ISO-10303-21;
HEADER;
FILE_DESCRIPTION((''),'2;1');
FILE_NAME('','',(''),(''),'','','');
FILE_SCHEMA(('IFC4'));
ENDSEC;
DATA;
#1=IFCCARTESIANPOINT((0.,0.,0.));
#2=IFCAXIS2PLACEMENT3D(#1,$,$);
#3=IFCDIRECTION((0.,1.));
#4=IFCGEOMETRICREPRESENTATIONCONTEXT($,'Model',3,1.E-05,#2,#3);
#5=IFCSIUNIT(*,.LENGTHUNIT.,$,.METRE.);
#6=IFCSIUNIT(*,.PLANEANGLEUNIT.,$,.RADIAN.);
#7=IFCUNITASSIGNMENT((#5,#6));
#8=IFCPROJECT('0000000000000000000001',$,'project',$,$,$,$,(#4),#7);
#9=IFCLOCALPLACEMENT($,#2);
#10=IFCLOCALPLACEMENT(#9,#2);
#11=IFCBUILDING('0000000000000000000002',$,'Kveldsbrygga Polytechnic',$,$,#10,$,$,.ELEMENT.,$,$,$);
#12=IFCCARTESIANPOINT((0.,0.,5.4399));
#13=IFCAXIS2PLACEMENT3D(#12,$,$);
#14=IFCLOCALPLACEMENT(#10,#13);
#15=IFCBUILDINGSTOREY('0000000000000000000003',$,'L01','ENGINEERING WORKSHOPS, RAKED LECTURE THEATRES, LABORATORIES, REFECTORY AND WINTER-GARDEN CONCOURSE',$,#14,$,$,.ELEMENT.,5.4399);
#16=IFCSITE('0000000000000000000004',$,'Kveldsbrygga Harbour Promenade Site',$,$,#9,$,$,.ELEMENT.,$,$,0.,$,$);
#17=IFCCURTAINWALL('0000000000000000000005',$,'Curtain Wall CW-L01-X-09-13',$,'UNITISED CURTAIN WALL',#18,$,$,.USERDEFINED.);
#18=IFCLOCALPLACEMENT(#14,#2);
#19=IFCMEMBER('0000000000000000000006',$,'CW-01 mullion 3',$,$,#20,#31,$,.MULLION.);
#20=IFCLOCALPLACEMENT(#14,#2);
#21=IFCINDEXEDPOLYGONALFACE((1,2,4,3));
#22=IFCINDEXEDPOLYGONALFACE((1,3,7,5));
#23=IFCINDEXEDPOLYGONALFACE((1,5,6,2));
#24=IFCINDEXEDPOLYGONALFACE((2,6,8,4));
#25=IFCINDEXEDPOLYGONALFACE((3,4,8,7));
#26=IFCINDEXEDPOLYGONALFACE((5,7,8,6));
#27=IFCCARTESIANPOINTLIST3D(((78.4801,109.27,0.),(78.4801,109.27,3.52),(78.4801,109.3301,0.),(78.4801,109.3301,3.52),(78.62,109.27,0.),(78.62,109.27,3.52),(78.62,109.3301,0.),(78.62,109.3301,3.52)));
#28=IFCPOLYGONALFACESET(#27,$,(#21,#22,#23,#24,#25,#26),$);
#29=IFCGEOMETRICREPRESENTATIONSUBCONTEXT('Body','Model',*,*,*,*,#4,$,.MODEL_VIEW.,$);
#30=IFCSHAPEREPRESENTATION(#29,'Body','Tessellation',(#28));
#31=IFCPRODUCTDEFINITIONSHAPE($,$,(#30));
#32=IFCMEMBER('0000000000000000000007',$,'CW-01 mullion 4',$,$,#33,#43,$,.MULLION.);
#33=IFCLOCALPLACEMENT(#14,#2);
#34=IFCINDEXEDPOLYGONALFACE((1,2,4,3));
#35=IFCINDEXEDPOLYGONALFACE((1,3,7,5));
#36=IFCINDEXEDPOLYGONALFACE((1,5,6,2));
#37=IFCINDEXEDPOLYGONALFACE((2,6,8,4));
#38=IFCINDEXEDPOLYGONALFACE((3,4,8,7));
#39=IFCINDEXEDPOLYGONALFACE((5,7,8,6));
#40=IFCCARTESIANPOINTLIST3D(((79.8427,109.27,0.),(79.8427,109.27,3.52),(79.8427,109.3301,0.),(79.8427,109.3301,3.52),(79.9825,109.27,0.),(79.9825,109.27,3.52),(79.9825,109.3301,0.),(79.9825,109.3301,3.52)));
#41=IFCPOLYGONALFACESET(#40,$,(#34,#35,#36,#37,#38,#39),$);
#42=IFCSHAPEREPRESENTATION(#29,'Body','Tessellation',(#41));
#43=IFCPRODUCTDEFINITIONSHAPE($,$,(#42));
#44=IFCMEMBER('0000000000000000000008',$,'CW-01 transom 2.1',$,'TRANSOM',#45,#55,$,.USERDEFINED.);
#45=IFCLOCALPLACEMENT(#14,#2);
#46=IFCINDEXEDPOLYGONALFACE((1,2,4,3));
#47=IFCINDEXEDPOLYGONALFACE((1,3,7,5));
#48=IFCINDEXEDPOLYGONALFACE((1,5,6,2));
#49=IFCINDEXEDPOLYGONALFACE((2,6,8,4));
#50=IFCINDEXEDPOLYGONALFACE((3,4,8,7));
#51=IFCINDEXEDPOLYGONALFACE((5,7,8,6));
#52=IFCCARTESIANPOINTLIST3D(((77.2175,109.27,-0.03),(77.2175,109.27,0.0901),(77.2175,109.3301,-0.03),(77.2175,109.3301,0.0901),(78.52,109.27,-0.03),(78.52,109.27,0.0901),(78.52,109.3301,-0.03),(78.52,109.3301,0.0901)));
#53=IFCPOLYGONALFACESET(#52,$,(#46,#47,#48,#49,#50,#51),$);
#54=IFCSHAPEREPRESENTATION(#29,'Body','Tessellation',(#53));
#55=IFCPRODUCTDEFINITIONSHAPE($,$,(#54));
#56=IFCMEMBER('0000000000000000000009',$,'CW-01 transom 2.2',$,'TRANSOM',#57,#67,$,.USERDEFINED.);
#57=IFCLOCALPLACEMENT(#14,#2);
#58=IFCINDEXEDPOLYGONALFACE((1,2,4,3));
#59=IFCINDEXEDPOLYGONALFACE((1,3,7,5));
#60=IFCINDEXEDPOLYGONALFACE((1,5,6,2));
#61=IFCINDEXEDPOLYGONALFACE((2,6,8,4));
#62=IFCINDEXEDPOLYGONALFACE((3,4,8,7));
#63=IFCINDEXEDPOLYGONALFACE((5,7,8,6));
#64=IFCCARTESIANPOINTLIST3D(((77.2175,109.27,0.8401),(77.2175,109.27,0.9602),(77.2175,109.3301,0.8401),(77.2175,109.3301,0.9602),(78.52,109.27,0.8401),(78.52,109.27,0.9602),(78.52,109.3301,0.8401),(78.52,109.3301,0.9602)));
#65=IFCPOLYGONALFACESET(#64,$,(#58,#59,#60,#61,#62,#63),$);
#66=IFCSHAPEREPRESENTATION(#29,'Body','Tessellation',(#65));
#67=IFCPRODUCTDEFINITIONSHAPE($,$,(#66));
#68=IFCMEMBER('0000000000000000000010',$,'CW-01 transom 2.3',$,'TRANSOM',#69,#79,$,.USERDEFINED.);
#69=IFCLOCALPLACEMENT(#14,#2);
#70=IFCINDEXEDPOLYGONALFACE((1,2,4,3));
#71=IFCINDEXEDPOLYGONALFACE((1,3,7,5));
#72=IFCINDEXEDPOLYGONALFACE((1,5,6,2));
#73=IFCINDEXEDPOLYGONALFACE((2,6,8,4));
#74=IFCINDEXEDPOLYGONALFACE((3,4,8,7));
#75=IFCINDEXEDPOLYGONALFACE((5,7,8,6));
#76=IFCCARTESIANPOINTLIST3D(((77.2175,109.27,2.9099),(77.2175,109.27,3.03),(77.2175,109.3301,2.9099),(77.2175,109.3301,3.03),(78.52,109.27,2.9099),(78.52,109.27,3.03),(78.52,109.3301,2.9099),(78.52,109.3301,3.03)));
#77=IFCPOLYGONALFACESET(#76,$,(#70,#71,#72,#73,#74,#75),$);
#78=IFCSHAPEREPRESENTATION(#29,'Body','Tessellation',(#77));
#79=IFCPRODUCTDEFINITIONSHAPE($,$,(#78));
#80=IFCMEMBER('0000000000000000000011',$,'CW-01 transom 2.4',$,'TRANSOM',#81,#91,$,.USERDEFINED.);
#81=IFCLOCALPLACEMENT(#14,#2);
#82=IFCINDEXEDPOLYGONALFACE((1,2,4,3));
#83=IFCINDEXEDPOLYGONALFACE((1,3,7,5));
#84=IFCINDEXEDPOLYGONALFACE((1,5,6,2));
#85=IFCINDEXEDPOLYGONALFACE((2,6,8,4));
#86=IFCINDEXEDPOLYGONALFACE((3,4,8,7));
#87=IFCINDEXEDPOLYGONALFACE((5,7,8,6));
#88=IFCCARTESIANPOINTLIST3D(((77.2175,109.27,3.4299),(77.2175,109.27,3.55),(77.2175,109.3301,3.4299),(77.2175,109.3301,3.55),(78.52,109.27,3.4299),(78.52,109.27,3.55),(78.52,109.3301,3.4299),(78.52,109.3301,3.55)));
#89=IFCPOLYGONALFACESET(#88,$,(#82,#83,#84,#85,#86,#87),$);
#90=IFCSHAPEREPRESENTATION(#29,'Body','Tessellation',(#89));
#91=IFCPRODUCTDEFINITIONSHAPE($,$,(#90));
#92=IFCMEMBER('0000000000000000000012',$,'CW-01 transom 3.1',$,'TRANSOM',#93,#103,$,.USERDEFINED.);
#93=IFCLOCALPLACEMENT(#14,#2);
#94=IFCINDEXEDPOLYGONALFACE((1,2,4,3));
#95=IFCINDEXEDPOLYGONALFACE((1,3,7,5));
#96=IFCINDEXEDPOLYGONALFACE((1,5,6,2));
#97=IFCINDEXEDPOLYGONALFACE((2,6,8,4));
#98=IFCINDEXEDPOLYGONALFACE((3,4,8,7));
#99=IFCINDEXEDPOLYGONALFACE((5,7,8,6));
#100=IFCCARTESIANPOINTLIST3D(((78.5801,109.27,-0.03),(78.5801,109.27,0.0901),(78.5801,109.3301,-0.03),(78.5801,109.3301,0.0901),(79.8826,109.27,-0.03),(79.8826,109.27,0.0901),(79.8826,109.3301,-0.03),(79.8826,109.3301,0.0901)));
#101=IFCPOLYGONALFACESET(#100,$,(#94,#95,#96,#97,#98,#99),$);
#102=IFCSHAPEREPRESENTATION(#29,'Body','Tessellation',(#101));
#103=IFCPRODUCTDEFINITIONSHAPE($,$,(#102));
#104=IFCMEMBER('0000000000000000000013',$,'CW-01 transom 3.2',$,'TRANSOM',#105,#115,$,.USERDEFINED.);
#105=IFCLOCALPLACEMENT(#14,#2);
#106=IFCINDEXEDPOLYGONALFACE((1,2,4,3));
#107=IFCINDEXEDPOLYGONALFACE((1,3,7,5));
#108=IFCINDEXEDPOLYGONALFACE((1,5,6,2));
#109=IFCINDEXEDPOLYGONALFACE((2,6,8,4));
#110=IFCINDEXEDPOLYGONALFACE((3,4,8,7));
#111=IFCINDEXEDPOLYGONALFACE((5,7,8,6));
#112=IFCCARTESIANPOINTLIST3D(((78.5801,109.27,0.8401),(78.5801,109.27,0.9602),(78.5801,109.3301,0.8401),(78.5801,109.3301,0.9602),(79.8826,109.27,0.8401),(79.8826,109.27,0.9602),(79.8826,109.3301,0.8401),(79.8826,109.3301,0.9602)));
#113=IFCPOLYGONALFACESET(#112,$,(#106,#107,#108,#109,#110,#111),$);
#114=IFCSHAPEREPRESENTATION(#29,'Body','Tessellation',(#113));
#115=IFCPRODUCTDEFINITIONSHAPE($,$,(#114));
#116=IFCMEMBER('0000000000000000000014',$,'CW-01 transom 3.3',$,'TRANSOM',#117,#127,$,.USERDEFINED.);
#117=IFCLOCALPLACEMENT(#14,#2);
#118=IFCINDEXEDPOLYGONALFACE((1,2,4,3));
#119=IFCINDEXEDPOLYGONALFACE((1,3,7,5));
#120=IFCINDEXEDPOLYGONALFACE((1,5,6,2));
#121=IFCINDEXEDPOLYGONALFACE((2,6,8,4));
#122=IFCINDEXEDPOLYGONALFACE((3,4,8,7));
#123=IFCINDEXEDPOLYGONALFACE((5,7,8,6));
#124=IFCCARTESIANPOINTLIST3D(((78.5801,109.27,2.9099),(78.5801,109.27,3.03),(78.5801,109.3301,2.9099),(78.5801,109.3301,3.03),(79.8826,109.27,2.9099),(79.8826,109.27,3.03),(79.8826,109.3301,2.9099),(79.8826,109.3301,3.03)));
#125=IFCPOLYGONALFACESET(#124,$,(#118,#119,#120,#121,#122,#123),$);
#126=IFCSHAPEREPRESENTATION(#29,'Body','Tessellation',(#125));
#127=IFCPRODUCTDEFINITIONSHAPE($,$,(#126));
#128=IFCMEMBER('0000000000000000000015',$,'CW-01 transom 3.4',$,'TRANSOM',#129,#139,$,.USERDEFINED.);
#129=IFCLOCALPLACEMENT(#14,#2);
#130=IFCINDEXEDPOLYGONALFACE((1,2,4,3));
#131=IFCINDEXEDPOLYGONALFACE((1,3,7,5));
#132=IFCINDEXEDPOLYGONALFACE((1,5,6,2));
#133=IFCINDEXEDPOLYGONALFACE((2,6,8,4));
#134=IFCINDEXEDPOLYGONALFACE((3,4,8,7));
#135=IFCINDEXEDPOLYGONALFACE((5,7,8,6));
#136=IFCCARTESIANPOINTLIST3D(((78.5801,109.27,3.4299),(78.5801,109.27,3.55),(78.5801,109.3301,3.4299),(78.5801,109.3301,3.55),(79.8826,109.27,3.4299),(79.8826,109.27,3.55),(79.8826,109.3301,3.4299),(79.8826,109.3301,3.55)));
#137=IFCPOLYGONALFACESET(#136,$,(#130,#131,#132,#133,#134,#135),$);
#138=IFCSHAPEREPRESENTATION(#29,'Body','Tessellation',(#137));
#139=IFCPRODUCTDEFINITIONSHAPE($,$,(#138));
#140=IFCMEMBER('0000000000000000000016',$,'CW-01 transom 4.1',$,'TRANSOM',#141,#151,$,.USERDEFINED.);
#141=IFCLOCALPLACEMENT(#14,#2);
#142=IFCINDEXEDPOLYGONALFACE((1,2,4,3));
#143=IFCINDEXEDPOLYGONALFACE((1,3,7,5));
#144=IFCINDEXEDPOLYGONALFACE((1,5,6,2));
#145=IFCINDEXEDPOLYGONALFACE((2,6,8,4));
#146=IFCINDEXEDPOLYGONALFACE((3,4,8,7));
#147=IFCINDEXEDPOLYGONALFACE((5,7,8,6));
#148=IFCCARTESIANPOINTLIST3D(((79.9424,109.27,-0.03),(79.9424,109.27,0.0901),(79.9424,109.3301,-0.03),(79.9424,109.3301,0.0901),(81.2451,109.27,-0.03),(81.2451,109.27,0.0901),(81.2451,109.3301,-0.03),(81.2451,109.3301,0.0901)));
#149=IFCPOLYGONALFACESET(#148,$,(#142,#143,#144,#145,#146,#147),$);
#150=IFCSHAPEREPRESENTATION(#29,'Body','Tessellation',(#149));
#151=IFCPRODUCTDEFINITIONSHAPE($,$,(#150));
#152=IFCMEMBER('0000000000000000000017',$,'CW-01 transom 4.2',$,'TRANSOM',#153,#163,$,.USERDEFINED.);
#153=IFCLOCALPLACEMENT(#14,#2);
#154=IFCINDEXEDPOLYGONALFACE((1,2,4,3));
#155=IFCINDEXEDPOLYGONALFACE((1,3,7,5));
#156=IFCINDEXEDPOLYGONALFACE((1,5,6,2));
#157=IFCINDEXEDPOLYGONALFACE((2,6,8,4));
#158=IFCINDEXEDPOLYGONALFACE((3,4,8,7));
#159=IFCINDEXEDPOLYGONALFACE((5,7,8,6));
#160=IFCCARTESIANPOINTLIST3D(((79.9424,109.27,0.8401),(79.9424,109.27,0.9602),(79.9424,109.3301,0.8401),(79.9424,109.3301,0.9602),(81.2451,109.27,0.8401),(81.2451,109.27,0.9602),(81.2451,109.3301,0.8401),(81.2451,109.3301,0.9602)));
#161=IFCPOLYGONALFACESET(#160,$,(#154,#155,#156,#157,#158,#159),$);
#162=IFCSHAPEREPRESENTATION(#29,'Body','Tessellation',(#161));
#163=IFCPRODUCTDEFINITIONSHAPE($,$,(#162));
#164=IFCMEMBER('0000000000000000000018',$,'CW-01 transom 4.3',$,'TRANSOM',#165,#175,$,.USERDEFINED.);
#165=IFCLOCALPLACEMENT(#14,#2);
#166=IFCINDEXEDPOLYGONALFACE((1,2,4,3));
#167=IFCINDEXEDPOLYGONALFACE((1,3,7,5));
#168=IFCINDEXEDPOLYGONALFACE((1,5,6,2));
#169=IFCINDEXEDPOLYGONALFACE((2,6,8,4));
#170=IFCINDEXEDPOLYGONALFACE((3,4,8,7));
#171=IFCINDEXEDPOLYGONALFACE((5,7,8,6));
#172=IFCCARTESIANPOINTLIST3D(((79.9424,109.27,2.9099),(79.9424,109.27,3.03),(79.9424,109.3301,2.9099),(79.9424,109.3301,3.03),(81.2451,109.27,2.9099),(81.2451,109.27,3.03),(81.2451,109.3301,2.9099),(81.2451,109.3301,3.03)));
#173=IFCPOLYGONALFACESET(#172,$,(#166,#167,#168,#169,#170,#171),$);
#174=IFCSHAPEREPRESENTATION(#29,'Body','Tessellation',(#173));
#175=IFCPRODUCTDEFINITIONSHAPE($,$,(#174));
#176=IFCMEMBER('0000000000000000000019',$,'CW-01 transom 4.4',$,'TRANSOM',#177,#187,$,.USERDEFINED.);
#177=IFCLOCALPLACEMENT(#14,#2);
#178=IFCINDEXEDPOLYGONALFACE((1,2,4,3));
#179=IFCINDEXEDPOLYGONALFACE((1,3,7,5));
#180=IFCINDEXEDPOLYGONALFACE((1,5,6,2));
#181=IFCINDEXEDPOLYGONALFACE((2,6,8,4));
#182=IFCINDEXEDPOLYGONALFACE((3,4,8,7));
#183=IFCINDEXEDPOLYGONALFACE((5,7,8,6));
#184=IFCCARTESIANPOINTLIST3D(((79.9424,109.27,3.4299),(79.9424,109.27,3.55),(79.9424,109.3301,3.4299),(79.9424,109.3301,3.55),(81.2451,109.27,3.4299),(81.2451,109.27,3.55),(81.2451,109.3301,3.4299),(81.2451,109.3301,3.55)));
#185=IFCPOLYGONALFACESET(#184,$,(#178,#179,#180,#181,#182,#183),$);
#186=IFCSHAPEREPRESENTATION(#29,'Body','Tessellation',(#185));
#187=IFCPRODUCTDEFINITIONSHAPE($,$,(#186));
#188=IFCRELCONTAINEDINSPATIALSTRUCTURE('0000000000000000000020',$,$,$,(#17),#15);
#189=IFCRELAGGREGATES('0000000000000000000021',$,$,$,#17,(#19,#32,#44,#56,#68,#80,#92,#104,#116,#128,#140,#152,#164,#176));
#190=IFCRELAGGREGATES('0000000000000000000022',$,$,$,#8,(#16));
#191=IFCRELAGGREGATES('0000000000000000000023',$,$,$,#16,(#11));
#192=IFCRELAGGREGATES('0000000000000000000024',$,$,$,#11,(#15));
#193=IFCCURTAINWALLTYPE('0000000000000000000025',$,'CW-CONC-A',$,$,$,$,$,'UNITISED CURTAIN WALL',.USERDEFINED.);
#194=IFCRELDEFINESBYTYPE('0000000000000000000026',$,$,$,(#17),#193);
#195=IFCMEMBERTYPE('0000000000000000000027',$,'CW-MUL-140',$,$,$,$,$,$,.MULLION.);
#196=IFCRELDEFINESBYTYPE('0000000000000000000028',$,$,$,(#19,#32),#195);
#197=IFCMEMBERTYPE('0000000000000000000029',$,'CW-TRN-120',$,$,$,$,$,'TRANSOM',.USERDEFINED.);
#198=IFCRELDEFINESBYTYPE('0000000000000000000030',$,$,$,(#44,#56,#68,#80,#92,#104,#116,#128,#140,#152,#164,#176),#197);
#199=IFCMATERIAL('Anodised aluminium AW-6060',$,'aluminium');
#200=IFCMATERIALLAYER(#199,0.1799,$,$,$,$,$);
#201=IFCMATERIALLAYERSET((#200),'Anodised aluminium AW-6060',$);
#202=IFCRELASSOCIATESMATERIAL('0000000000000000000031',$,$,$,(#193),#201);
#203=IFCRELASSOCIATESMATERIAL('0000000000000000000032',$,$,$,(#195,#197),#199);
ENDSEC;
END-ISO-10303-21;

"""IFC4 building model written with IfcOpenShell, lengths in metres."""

from ifc_helpers import new_model, si_unit, direction, frame, origin, origin_2d, place, context, subcontext, project, spatial, rectangle, extrude, material, layer, layer_set, material_profile, profile_set, type_object, element, aggregate, save


model = new_model("IFC4")

# Units and contexts
model_context = context("Model", 3, precision=1e-05, world=origin(), true_north=direction((0.0, 1.0)))
body_context = subcontext(model_context, "Body", "Model", "MODEL_VIEW")
ifc_project = project(units=[si_unit("LENGTHUNIT", "METRE"), si_unit("PLANEANGLEUNIT", "RADIAN")], contexts=[model_context])

# Site, building, storey
site_placement = place(None, origin())
site = spatial("IfcSite", under=ifc_project, at=site_placement, Name="Kveldsbrygga Harbour Promenade Site", CompositionType="ELEMENT", RefElevation=0.0)
building_placement = place(site_placement, origin())
building = spatial("IfcBuilding", under=site, at=building_placement, Name="Kveldsbrygga Polytechnic", CompositionType="ELEMENT")
storey_placement = place(building_placement, frame((0.0, 0.0, 5.4399)))
storey = spatial("IfcBuildingStorey", under=building, at=storey_placement, Name="L01", Description="ENGINEERING WORKSHOPS, RAKED LECTURE THEATRES, LABORATORIES, REFECTORY AND WINTER-GARDEN CONCOURSE", CompositionType="ELEMENT", Elevation=5.4399)

# Curtain wall, members
ifc_material_1 = material(Name="Anodised aluminium AW-6060", Category="aluminium")
ifc_layer_1 = layer(ifc_material_1, 0.1799)
ifc_layer_set_1 = layer_set([ifc_layer_1], Name="Anodised aluminium AW-6060")
curtain_wall_type = type_object("IfcCurtainWallType", Name="CW-CONC-A", ElementType="UNITISED CURTAIN WALL", PredefinedType="USERDEFINED", material=ifc_layer_set_1)
curtain_wall_placement = place(storey_placement, origin())
curtain_wall = element("IfcCurtainWall", 1, at=curtain_wall_placement, inside=storey, type_object=curtain_wall_type, Name="Curtain Wall CW-L01-X-09-13", ObjectType="UNITISED CURTAIN WALL", PredefinedType="USERDEFINED")
ifc_material_profile_1 = material_profile(ifc_material_1, rectangle(XDim=0.0601, YDim=0.1399, at=origin_2d()), Name="ALU 60x140")
ifc_profile_set_1 = profile_set([ifc_material_profile_1], Name="Anodised aluminium AW-6060")
member_type_1 = type_object("IfcMemberType", Name="CW-MUL-140", PredefinedType="MULLION", material=ifc_profile_set_1)
member_1_placement = place(storey_placement, frame((78.55, 109.3, 0.0), z_axis=(0.0, 0.0, 1.0), x_axis=(0.0, 1.0, 0.0)))
member_1 = element("IfcMember", 2, at=member_1_placement, type_object=member_type_1, Name="CW-01 mullion 3", PredefinedType="MULLION", context=body_context, shape_type="SweptSolid", body=[
    extrude(rectangle(XDim=0.0601, YDim=0.1399, at=origin_2d()), origin(), (0.0, 0.0, 1.0), 3.52),
])
member_2_placement = place(storey_placement, frame((79.9126, 109.3, 0.0), z_axis=(0.0, 0.0, 1.0), x_axis=(0.0, 1.0, 0.0)))
member_2 = element("IfcMember", 3, at=member_2_placement, type_object=member_type_1, Name="CW-01 mullion 4", PredefinedType="MULLION", context=body_context, shape_type="SweptSolid", body=[
    extrude(rectangle(XDim=0.0601, YDim=0.1399, at=origin_2d()), origin(), (0.0, 0.0, 1.0), 3.52),
])
ifc_material_profile_2 = material_profile(ifc_material_1, rectangle(XDim=0.0601, YDim=0.1201, at=origin_2d()), Name="ALU 60x120")
ifc_profile_set_2 = profile_set([ifc_material_profile_2], Name="Anodised aluminium AW-6060")
member_type_2 = type_object("IfcMemberType", Name="CW-TRN-120", ElementType="TRANSOM", PredefinedType="USERDEFINED", material=ifc_profile_set_2)
member_3_placement = place(storey_placement, frame((77.2175, 109.3, 0.03), z_axis=(1.0, 0.0, 0.0), x_axis=(0.0, 1.0, 0.0)))
member_3 = element("IfcMember", 4, at=member_3_placement, type_object=member_type_2, Name="CW-01 transom 2.1", ObjectType="TRANSOM", PredefinedType="USERDEFINED", context=body_context, shape_type="SweptSolid", body=[
    extrude(rectangle(XDim=0.0601, YDim=0.1201, at=origin_2d()), origin(), (0.0, 0.0, 1.0), 1.3025),
])
member_4_placement = place(storey_placement, frame((77.2175, 109.3, 0.9001), z_axis=(1.0, 0.0, 0.0), x_axis=(0.0, 1.0, 0.0)))
member_4 = element("IfcMember", 5, at=member_4_placement, type_object=member_type_2, Name="CW-01 transom 2.2", ObjectType="TRANSOM", PredefinedType="USERDEFINED", context=body_context, shape_type="SweptSolid", body=[
    extrude(rectangle(XDim=0.0601, YDim=0.1201, at=origin_2d()), origin(), (0.0, 0.0, 1.0), 1.3025),
])
member_5_placement = place(storey_placement, frame((77.2175, 109.3, 2.97), z_axis=(1.0, 0.0, 0.0), x_axis=(0.0, 1.0, 0.0)))
member_5 = element("IfcMember", 6, at=member_5_placement, type_object=member_type_2, Name="CW-01 transom 2.3", ObjectType="TRANSOM", PredefinedType="USERDEFINED", context=body_context, shape_type="SweptSolid", body=[
    extrude(rectangle(XDim=0.0601, YDim=0.1201, at=origin_2d()), origin(), (0.0, 0.0, 1.0), 1.3025),
])
member_6_placement = place(storey_placement, frame((77.2175, 109.3, 3.49), z_axis=(1.0, 0.0, 0.0), x_axis=(0.0, 1.0, 0.0)))
member_6 = element("IfcMember", 7, at=member_6_placement, type_object=member_type_2, Name="CW-01 transom 2.4", ObjectType="TRANSOM", PredefinedType="USERDEFINED", context=body_context, shape_type="SweptSolid", body=[
    extrude(rectangle(XDim=0.0601, YDim=0.1201, at=origin_2d()), origin(), (0.0, 0.0, 1.0), 1.3025),
])
member_7_placement = place(storey_placement, frame((78.5801, 109.3, 0.03), z_axis=(1.0, 0.0, 0.0), x_axis=(0.0, 1.0, 0.0)))
member_7 = element("IfcMember", 8, at=member_7_placement, type_object=member_type_2, Name="CW-01 transom 3.1", ObjectType="TRANSOM", PredefinedType="USERDEFINED", context=body_context, shape_type="SweptSolid", body=[
    extrude(rectangle(XDim=0.0601, YDim=0.1201, at=origin_2d()), origin(), (0.0, 0.0, 1.0), 1.3025),
])
member_8_placement = place(storey_placement, frame((78.5801, 109.3, 0.9001), z_axis=(1.0, 0.0, 0.0), x_axis=(0.0, 1.0, 0.0)))
member_8 = element("IfcMember", 9, at=member_8_placement, type_object=member_type_2, Name="CW-01 transom 3.2", ObjectType="TRANSOM", PredefinedType="USERDEFINED", context=body_context, shape_type="SweptSolid", body=[
    extrude(rectangle(XDim=0.0601, YDim=0.1201, at=origin_2d()), origin(), (0.0, 0.0, 1.0), 1.3025),
])
member_9_placement = place(storey_placement, frame((78.5801, 109.3, 2.97), z_axis=(1.0, 0.0, 0.0), x_axis=(0.0, 1.0, 0.0)))
member_9 = element("IfcMember", 10, at=member_9_placement, type_object=member_type_2, Name="CW-01 transom 3.3", ObjectType="TRANSOM", PredefinedType="USERDEFINED", context=body_context, shape_type="SweptSolid", body=[
    extrude(rectangle(XDim=0.0601, YDim=0.1201, at=origin_2d()), origin(), (0.0, 0.0, 1.0), 1.3025),
])
member_10_placement = place(storey_placement, frame((78.5801, 109.3, 3.49), z_axis=(1.0, 0.0, 0.0), x_axis=(0.0, 1.0, 0.0)))
member_10 = element("IfcMember", 11, at=member_10_placement, type_object=member_type_2, Name="CW-01 transom 3.4", ObjectType="TRANSOM", PredefinedType="USERDEFINED", context=body_context, shape_type="SweptSolid", body=[
    extrude(rectangle(XDim=0.0601, YDim=0.1201, at=origin_2d()), origin(), (0.0, 0.0, 1.0), 1.3025),
])
member_11_placement = place(storey_placement, frame((79.9424, 109.3, 0.03), z_axis=(1.0, 0.0, 0.0), x_axis=(0.0, 1.0, 0.0)))
member_11 = element("IfcMember", 12, at=member_11_placement, type_object=member_type_2, Name="CW-01 transom 4.1", ObjectType="TRANSOM", PredefinedType="USERDEFINED", context=body_context, shape_type="SweptSolid", body=[
    extrude(rectangle(XDim=0.0601, YDim=0.1201, at=origin_2d()), origin(), (0.0, 0.0, 1.0), 1.3027),
])
member_12_placement = place(storey_placement, frame((79.9424, 109.3, 0.9001), z_axis=(1.0, 0.0, 0.0), x_axis=(0.0, 1.0, 0.0)))
member_12 = element("IfcMember", 13, at=member_12_placement, type_object=member_type_2, Name="CW-01 transom 4.2", ObjectType="TRANSOM", PredefinedType="USERDEFINED", context=body_context, shape_type="SweptSolid", body=[
    extrude(rectangle(XDim=0.0601, YDim=0.1201, at=origin_2d()), origin(), (0.0, 0.0, 1.0), 1.3027),
])
member_13_placement = place(storey_placement, frame((79.9424, 109.3, 2.97), z_axis=(1.0, 0.0, 0.0), x_axis=(0.0, 1.0, 0.0)))
member_13 = element("IfcMember", 14, at=member_13_placement, type_object=member_type_2, Name="CW-01 transom 4.3", ObjectType="TRANSOM", PredefinedType="USERDEFINED", context=body_context, shape_type="SweptSolid", body=[
    extrude(rectangle(XDim=0.0601, YDim=0.1201, at=origin_2d()), origin(), (0.0, 0.0, 1.0), 1.3027),
])
member_14_placement = place(storey_placement, frame((79.9424, 109.3, 3.49), z_axis=(1.0, 0.0, 0.0), x_axis=(0.0, 1.0, 0.0)))
member_14 = element("IfcMember", 15, at=member_14_placement, type_object=member_type_2, Name="CW-01 transom 4.4", ObjectType="TRANSOM", PredefinedType="USERDEFINED", context=body_context, shape_type="SweptSolid", body=[
    extrude(rectangle(XDim=0.0601, YDim=0.1201, at=origin_2d()), origin(), (0.0, 0.0, 1.0), 1.3027),
])
aggregate(curtain_wall, [member_1, member_2, member_3, member_4, member_5, member_6, member_7, member_8, member_9, member_10, member_11, member_12, member_13, member_14])

save(model, "model.ifc")
